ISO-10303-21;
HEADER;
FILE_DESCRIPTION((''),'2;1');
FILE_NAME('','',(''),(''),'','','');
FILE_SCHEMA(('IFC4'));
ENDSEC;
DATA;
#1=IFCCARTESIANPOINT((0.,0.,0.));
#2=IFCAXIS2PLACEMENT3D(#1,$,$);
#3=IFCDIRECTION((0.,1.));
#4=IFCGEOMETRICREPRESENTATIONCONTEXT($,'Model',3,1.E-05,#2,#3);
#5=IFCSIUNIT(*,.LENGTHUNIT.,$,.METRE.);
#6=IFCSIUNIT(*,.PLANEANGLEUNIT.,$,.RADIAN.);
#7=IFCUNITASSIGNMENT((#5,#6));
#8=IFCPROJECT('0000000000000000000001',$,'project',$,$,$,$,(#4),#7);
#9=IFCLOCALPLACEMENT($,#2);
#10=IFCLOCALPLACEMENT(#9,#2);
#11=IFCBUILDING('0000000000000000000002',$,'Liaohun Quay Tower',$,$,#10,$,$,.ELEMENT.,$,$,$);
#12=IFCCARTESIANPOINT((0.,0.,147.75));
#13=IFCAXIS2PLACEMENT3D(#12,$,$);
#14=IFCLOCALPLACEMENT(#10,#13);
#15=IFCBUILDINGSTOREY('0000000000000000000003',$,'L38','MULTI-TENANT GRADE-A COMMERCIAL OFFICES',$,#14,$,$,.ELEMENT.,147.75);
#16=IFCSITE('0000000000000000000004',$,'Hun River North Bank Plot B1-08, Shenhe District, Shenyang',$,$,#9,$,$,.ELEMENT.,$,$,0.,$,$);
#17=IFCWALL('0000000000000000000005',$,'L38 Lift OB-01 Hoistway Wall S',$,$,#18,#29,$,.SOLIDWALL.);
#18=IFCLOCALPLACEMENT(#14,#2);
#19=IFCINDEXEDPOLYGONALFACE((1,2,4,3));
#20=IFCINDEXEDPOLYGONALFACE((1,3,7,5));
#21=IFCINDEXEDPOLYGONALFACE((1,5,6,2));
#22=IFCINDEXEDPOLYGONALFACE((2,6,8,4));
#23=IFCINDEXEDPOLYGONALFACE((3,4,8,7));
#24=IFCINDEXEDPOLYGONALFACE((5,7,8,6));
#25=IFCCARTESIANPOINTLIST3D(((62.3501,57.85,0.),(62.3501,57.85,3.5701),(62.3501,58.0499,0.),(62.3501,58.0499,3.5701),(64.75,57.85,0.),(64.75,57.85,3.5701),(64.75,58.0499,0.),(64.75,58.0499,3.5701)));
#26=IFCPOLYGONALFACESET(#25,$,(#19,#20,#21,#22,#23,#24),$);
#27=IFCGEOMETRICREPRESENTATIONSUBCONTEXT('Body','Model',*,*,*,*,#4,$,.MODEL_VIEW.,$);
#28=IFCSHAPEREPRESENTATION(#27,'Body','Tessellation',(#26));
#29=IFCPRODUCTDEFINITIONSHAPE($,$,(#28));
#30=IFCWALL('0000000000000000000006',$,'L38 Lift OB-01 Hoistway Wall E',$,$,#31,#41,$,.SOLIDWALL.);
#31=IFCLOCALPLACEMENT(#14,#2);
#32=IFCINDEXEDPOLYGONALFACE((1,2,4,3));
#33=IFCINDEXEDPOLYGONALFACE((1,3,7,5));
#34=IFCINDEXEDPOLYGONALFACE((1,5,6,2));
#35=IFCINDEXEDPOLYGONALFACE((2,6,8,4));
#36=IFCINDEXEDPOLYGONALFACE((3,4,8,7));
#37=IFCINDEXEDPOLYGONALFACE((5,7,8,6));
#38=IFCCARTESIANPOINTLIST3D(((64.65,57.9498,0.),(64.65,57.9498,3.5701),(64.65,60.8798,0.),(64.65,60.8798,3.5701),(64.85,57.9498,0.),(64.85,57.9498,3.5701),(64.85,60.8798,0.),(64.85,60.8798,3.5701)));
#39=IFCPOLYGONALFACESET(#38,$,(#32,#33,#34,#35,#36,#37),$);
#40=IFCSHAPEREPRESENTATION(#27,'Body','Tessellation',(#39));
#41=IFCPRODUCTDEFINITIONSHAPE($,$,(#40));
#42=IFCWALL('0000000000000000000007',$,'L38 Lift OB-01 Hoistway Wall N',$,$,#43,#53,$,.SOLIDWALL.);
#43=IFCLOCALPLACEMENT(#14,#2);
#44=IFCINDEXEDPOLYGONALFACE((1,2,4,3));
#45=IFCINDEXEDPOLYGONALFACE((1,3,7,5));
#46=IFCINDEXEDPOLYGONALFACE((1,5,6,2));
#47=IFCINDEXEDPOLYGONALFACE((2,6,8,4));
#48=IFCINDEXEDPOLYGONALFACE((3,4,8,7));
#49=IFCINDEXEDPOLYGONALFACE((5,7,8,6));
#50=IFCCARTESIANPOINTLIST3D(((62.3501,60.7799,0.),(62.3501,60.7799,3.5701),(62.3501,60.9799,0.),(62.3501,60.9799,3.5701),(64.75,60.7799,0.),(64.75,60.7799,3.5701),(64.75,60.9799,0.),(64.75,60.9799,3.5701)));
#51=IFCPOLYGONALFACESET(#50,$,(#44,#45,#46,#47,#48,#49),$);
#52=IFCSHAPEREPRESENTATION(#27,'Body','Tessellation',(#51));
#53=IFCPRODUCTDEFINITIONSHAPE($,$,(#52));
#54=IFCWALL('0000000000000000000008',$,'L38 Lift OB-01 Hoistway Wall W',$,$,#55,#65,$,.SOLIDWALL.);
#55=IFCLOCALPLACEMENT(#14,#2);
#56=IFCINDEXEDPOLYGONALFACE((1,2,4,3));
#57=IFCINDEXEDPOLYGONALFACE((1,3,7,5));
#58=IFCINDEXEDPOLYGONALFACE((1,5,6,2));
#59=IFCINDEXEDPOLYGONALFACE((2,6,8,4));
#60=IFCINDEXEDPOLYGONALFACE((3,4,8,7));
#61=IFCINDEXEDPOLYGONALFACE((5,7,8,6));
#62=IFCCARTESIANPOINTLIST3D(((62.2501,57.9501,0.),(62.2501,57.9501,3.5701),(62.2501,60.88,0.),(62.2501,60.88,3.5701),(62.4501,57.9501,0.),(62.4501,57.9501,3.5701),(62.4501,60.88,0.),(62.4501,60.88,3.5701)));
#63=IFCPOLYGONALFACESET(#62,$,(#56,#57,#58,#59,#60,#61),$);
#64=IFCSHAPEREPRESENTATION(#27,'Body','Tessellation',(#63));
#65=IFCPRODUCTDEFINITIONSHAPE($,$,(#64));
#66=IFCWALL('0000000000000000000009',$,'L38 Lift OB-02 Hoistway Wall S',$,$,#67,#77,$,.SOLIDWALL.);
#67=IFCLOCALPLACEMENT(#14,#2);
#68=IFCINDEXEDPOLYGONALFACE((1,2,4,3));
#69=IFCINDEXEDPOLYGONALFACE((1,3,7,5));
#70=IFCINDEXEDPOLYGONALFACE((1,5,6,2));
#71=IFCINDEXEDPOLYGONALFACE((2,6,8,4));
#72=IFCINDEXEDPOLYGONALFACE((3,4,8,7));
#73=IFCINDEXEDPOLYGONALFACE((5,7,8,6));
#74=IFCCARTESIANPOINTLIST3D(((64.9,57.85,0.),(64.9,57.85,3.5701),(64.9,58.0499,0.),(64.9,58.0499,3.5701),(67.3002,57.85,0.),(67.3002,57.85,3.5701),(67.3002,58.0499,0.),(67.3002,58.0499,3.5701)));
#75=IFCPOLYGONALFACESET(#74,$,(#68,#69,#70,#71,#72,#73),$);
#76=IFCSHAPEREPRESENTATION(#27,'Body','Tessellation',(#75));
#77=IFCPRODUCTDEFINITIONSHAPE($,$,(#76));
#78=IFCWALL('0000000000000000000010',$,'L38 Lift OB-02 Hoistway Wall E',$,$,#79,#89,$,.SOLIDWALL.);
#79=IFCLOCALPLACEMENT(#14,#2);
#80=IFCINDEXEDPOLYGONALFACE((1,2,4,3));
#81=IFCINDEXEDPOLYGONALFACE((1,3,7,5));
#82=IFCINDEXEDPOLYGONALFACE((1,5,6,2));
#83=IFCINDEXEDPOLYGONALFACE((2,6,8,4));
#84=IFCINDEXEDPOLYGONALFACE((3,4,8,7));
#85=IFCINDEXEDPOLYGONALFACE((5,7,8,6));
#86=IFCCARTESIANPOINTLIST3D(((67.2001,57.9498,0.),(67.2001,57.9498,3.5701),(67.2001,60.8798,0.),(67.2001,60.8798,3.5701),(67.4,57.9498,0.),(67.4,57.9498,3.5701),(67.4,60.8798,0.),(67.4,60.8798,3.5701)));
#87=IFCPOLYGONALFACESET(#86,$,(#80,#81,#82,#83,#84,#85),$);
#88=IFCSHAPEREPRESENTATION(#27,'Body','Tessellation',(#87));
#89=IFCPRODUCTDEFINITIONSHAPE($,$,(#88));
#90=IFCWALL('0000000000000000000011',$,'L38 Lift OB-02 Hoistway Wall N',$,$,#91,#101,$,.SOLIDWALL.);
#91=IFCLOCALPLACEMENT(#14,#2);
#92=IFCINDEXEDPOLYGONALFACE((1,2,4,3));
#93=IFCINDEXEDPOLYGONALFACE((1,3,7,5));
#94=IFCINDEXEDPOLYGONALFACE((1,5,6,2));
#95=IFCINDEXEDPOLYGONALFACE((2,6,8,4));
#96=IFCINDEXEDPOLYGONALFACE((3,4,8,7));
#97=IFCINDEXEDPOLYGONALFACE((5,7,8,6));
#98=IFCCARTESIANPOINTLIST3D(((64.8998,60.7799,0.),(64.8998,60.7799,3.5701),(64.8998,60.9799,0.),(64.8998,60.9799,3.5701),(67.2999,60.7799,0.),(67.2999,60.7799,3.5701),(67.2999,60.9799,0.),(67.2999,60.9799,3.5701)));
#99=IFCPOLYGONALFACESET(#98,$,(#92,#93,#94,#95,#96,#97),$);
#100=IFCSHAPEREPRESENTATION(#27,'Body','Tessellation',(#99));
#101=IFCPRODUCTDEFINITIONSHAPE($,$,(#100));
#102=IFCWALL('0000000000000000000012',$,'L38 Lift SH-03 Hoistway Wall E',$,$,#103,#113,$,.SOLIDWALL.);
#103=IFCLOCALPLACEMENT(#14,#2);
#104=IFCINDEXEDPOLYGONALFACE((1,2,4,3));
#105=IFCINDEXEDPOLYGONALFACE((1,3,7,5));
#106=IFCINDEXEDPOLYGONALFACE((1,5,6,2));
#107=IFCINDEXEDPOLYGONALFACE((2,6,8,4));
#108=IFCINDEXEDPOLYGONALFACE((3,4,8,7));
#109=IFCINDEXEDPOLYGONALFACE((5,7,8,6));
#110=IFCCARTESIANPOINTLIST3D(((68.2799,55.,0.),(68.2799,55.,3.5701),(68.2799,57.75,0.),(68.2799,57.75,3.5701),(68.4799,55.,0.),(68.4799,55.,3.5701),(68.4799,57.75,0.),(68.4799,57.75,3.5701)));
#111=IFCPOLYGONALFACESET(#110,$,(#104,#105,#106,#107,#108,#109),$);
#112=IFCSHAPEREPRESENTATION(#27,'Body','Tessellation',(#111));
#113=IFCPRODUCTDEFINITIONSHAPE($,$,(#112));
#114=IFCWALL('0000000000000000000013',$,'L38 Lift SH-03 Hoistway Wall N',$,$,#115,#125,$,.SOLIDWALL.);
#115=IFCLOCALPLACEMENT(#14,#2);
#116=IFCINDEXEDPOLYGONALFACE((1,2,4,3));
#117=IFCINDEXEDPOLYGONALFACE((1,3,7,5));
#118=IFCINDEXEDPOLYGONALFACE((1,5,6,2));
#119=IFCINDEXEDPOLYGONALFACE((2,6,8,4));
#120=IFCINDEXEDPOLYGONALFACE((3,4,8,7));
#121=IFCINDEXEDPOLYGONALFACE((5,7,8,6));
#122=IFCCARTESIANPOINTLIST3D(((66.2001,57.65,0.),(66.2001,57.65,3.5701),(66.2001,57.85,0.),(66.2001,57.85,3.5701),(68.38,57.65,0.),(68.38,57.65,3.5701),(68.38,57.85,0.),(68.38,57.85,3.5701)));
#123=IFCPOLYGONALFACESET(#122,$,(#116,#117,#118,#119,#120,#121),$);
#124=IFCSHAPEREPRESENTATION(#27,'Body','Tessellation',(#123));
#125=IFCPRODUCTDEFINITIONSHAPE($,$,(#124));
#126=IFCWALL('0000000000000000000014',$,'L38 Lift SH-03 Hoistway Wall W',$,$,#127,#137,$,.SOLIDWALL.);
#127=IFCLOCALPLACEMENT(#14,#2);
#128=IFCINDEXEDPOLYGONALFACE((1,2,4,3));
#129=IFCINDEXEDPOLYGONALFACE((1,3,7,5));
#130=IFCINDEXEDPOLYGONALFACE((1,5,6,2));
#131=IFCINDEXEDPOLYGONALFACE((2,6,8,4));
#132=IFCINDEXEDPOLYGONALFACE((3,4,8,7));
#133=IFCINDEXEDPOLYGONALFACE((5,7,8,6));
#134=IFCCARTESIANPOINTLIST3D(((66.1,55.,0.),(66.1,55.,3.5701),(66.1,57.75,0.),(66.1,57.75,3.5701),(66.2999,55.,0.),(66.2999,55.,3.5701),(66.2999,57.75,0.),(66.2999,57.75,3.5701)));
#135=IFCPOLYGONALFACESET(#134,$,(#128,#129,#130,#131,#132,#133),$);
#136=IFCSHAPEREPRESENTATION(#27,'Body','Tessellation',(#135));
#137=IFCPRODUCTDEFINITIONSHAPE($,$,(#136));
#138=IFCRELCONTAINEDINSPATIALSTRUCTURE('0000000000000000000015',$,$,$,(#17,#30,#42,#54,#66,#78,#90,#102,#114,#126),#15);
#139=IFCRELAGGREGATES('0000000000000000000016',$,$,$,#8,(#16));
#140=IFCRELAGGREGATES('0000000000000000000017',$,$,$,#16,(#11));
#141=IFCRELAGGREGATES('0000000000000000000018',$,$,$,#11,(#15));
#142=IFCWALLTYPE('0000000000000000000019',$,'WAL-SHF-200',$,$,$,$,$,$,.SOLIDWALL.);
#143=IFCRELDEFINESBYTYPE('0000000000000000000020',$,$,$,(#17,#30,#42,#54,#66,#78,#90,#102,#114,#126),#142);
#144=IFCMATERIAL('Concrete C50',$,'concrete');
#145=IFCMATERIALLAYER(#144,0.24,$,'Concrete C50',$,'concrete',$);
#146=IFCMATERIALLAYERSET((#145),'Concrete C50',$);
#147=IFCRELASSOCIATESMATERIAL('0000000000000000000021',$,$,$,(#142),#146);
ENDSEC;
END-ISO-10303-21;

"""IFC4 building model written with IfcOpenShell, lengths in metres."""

from ifc_helpers import new_model, si_unit, direction, frame, frame_2d, origin, place, context, subcontext, project, spatial, rectangle, extrude, material, layer, layer_set, type_object, element, save


model = new_model("IFC4")

# Units and contexts
model_context = context("Model", 3, precision=1e-05, world=origin(), true_north=direction((0.0, 1.0)))
body_context = subcontext(model_context, "Body", "Model", "MODEL_VIEW")
ifc_project = project(units=[si_unit("LENGTHUNIT", "METRE"), si_unit("PLANEANGLEUNIT", "RADIAN")], contexts=[model_context])

# Site, building, storey
site_placement = place(None, origin())
site = spatial("IfcSite", under=ifc_project, at=site_placement, Name="Hun River North Bank Plot B1-08, Shenhe District, Shenyang", CompositionType="ELEMENT", RefElevation=0.0)
building_placement = place(site_placement, origin())
building = spatial("IfcBuilding", under=site, at=building_placement, Name="Liaohun Quay Tower", CompositionType="ELEMENT")
storey_placement = place(building_placement, frame((0.0, 0.0, 147.75)))
storey = spatial("IfcBuildingStorey", under=building, at=storey_placement, Name="L38", Description="MULTI-TENANT GRADE-A COMMERCIAL OFFICES", CompositionType="ELEMENT", Elevation=147.75)

# Shared definitions
ifc_material_1 = material(Name="Concrete C50", Category="concrete")
ifc_layer_1 = layer(ifc_material_1, 0.24, Name="Concrete C50", Category="concrete")
ifc_layer_set_1 = layer_set([ifc_layer_1], Name="Concrete C50")
wall_type_1 = type_object("IfcWallType", Name="WAL-SHF-200", PredefinedType="SOLIDWALL", material=ifc_layer_set_1)

# Walls
wall_1_placement = place(storey_placement, frame((62.3501, 57.95, 0.0), z_axis=(0.0, 0.0, 1.0), x_axis=(1.0, 0.0, 0.0)))
element("IfcWall", 1, at=wall_1_placement, inside=storey, type_object=wall_type_1, Name="L38 Lift OB-01 Hoistway Wall S", PredefinedType="SOLIDWALL", context=body_context, shape_type="SweptSolid", body=[
    extrude(rectangle(XDim=2.3999, YDim=0.2, at=frame_2d((1.2, 0.0))), origin(), (0.0, 0.0, 1.0), 3.5701),
])
wall_2_placement = place(storey_placement, frame((64.75, 57.95, 0.0), z_axis=(0.0, 0.0, 1.0), x_axis=(0.0, 1.0, 0.0)))
element("IfcWall", 2, at=wall_2_placement, inside=storey, type_object=wall_type_1, Name="L38 Lift OB-01 Hoistway Wall E", PredefinedType="SOLIDWALL", context=body_context, shape_type="SweptSolid", body=[
    extrude(rectangle(XDim=2.9299, YDim=0.2, at=frame_2d((1.4648, 0.0))), origin(), (0.0, 0.0, 1.0), 3.5701),
])
wall_3_placement = place(storey_placement, frame((64.75, 60.8799, 0.0), z_axis=(0.0, 0.0, 1.0), x_axis=(-1.0, 0.0, 0.0)))
element("IfcWall", 3, at=wall_3_placement, inside=storey, type_object=wall_type_1, Name="L38 Lift OB-01 Hoistway Wall N", PredefinedType="SOLIDWALL", context=body_context, shape_type="SweptSolid", body=[
    extrude(rectangle(XDim=2.3999, YDim=0.2, at=frame_2d((1.2, 0.0))), origin(), (0.0, 0.0, 1.0), 3.5701),
])
wall_4_placement = place(storey_placement, frame((62.3501, 60.8799, 0.0), z_axis=(0.0, 0.0, 1.0), x_axis=(0.0, -1.0, 0.0)))
element("IfcWall", 4, at=wall_4_placement, inside=storey, type_object=wall_type_1, Name="L38 Lift OB-01 Hoistway Wall W", PredefinedType="SOLIDWALL", context=body_context, shape_type="SweptSolid", body=[
    extrude(rectangle(XDim=2.9299, YDim=0.2, at=frame_2d((1.4648, 0.0))), origin(), (0.0, 0.0, 1.0), 3.5701),
])
wall_5_placement = place(storey_placement, frame((64.8999, 57.95, 0.0), z_axis=(0.0, 0.0, 1.0), x_axis=(1.0, 0.0, 0.0)))
element("IfcWall", 5, at=wall_5_placement, inside=storey, type_object=wall_type_1, Name="L38 Lift OB-02 Hoistway Wall S", PredefinedType="SOLIDWALL", context=body_context, shape_type="SweptSolid", body=[
    extrude(rectangle(XDim=2.4001, YDim=0.2, at=frame_2d((1.2002, 0.0))), origin(), (0.0, 0.0, 1.0), 3.5701),
])
wall_6_placement = place(storey_placement, frame((67.3, 57.95, 0.0), z_axis=(0.0, 0.0, 1.0), x_axis=(0.0, 1.0, 0.0)))
element("IfcWall", 6, at=wall_6_placement, inside=storey, type_object=wall_type_1, Name="L38 Lift OB-02 Hoistway Wall E", PredefinedType="SOLIDWALL", context=body_context, shape_type="SweptSolid", body=[
    extrude(rectangle(XDim=2.9299, YDim=0.2, at=frame_2d((1.4648, 0.0))), origin(), (0.0, 0.0, 1.0), 3.5701),
])
wall_7_placement = place(storey_placement, frame((67.3, 60.8799, 0.0), z_axis=(0.0, 0.0, 1.0), x_axis=(-1.0, 0.0, 0.0)))
element("IfcWall", 7, at=wall_7_placement, inside=storey, type_object=wall_type_1, Name="L38 Lift OB-02 Hoistway Wall N", PredefinedType="SOLIDWALL", context=body_context, shape_type="SweptSolid", body=[
    extrude(rectangle(XDim=2.4001, YDim=0.2, at=frame_2d((1.2002, 0.0))), origin(), (0.0, 0.0, 1.0), 3.5701),
])
wall_8_placement = place(storey_placement, frame((68.3799, 55.0, 0.0), z_axis=(0.0, 0.0, 1.0), x_axis=(0.0, 1.0, 0.0)))
element("IfcWall", 8, at=wall_8_placement, inside=storey, type_object=wall_type_1, Name="L38 Lift SH-03 Hoistway Wall E", PredefinedType="SOLIDWALL", context=body_context, shape_type="SweptSolid", body=[
    extrude(rectangle(XDim=2.75, YDim=0.2, at=frame_2d((1.375, 0.0))), origin(), (0.0, 0.0, 1.0), 3.5701),
])
wall_9_placement = place(storey_placement, frame((68.3799, 57.75, 0.0), z_axis=(0.0, 0.0, 1.0), x_axis=(-1.0, 0.0, 0.0)))
element("IfcWall", 9, at=wall_9_placement, inside=storey, type_object=wall_type_1, Name="L38 Lift SH-03 Hoistway Wall N", PredefinedType="SOLIDWALL", context=body_context, shape_type="SweptSolid", body=[
    extrude(rectangle(XDim=2.1799, YDim=0.2, at=frame_2d((1.0898, 0.0))), origin(), (0.0, 0.0, 1.0), 3.5701),
])
wall_10_placement = place(storey_placement, frame((66.2, 57.75, 0.0), z_axis=(0.0, 0.0, 1.0), x_axis=(0.0, -1.0, 0.0)))
element("IfcWall", 10, at=wall_10_placement, inside=storey, type_object=wall_type_1, Name="L38 Lift SH-03 Hoistway Wall W", PredefinedType="SOLIDWALL", context=body_context, shape_type="SweptSolid", body=[
    extrude(rectangle(XDim=2.75, YDim=0.2, at=frame_2d((1.375, 0.0))), origin(), (0.0, 0.0, 1.0), 3.5701),
])

save(model, "model.ifc")
